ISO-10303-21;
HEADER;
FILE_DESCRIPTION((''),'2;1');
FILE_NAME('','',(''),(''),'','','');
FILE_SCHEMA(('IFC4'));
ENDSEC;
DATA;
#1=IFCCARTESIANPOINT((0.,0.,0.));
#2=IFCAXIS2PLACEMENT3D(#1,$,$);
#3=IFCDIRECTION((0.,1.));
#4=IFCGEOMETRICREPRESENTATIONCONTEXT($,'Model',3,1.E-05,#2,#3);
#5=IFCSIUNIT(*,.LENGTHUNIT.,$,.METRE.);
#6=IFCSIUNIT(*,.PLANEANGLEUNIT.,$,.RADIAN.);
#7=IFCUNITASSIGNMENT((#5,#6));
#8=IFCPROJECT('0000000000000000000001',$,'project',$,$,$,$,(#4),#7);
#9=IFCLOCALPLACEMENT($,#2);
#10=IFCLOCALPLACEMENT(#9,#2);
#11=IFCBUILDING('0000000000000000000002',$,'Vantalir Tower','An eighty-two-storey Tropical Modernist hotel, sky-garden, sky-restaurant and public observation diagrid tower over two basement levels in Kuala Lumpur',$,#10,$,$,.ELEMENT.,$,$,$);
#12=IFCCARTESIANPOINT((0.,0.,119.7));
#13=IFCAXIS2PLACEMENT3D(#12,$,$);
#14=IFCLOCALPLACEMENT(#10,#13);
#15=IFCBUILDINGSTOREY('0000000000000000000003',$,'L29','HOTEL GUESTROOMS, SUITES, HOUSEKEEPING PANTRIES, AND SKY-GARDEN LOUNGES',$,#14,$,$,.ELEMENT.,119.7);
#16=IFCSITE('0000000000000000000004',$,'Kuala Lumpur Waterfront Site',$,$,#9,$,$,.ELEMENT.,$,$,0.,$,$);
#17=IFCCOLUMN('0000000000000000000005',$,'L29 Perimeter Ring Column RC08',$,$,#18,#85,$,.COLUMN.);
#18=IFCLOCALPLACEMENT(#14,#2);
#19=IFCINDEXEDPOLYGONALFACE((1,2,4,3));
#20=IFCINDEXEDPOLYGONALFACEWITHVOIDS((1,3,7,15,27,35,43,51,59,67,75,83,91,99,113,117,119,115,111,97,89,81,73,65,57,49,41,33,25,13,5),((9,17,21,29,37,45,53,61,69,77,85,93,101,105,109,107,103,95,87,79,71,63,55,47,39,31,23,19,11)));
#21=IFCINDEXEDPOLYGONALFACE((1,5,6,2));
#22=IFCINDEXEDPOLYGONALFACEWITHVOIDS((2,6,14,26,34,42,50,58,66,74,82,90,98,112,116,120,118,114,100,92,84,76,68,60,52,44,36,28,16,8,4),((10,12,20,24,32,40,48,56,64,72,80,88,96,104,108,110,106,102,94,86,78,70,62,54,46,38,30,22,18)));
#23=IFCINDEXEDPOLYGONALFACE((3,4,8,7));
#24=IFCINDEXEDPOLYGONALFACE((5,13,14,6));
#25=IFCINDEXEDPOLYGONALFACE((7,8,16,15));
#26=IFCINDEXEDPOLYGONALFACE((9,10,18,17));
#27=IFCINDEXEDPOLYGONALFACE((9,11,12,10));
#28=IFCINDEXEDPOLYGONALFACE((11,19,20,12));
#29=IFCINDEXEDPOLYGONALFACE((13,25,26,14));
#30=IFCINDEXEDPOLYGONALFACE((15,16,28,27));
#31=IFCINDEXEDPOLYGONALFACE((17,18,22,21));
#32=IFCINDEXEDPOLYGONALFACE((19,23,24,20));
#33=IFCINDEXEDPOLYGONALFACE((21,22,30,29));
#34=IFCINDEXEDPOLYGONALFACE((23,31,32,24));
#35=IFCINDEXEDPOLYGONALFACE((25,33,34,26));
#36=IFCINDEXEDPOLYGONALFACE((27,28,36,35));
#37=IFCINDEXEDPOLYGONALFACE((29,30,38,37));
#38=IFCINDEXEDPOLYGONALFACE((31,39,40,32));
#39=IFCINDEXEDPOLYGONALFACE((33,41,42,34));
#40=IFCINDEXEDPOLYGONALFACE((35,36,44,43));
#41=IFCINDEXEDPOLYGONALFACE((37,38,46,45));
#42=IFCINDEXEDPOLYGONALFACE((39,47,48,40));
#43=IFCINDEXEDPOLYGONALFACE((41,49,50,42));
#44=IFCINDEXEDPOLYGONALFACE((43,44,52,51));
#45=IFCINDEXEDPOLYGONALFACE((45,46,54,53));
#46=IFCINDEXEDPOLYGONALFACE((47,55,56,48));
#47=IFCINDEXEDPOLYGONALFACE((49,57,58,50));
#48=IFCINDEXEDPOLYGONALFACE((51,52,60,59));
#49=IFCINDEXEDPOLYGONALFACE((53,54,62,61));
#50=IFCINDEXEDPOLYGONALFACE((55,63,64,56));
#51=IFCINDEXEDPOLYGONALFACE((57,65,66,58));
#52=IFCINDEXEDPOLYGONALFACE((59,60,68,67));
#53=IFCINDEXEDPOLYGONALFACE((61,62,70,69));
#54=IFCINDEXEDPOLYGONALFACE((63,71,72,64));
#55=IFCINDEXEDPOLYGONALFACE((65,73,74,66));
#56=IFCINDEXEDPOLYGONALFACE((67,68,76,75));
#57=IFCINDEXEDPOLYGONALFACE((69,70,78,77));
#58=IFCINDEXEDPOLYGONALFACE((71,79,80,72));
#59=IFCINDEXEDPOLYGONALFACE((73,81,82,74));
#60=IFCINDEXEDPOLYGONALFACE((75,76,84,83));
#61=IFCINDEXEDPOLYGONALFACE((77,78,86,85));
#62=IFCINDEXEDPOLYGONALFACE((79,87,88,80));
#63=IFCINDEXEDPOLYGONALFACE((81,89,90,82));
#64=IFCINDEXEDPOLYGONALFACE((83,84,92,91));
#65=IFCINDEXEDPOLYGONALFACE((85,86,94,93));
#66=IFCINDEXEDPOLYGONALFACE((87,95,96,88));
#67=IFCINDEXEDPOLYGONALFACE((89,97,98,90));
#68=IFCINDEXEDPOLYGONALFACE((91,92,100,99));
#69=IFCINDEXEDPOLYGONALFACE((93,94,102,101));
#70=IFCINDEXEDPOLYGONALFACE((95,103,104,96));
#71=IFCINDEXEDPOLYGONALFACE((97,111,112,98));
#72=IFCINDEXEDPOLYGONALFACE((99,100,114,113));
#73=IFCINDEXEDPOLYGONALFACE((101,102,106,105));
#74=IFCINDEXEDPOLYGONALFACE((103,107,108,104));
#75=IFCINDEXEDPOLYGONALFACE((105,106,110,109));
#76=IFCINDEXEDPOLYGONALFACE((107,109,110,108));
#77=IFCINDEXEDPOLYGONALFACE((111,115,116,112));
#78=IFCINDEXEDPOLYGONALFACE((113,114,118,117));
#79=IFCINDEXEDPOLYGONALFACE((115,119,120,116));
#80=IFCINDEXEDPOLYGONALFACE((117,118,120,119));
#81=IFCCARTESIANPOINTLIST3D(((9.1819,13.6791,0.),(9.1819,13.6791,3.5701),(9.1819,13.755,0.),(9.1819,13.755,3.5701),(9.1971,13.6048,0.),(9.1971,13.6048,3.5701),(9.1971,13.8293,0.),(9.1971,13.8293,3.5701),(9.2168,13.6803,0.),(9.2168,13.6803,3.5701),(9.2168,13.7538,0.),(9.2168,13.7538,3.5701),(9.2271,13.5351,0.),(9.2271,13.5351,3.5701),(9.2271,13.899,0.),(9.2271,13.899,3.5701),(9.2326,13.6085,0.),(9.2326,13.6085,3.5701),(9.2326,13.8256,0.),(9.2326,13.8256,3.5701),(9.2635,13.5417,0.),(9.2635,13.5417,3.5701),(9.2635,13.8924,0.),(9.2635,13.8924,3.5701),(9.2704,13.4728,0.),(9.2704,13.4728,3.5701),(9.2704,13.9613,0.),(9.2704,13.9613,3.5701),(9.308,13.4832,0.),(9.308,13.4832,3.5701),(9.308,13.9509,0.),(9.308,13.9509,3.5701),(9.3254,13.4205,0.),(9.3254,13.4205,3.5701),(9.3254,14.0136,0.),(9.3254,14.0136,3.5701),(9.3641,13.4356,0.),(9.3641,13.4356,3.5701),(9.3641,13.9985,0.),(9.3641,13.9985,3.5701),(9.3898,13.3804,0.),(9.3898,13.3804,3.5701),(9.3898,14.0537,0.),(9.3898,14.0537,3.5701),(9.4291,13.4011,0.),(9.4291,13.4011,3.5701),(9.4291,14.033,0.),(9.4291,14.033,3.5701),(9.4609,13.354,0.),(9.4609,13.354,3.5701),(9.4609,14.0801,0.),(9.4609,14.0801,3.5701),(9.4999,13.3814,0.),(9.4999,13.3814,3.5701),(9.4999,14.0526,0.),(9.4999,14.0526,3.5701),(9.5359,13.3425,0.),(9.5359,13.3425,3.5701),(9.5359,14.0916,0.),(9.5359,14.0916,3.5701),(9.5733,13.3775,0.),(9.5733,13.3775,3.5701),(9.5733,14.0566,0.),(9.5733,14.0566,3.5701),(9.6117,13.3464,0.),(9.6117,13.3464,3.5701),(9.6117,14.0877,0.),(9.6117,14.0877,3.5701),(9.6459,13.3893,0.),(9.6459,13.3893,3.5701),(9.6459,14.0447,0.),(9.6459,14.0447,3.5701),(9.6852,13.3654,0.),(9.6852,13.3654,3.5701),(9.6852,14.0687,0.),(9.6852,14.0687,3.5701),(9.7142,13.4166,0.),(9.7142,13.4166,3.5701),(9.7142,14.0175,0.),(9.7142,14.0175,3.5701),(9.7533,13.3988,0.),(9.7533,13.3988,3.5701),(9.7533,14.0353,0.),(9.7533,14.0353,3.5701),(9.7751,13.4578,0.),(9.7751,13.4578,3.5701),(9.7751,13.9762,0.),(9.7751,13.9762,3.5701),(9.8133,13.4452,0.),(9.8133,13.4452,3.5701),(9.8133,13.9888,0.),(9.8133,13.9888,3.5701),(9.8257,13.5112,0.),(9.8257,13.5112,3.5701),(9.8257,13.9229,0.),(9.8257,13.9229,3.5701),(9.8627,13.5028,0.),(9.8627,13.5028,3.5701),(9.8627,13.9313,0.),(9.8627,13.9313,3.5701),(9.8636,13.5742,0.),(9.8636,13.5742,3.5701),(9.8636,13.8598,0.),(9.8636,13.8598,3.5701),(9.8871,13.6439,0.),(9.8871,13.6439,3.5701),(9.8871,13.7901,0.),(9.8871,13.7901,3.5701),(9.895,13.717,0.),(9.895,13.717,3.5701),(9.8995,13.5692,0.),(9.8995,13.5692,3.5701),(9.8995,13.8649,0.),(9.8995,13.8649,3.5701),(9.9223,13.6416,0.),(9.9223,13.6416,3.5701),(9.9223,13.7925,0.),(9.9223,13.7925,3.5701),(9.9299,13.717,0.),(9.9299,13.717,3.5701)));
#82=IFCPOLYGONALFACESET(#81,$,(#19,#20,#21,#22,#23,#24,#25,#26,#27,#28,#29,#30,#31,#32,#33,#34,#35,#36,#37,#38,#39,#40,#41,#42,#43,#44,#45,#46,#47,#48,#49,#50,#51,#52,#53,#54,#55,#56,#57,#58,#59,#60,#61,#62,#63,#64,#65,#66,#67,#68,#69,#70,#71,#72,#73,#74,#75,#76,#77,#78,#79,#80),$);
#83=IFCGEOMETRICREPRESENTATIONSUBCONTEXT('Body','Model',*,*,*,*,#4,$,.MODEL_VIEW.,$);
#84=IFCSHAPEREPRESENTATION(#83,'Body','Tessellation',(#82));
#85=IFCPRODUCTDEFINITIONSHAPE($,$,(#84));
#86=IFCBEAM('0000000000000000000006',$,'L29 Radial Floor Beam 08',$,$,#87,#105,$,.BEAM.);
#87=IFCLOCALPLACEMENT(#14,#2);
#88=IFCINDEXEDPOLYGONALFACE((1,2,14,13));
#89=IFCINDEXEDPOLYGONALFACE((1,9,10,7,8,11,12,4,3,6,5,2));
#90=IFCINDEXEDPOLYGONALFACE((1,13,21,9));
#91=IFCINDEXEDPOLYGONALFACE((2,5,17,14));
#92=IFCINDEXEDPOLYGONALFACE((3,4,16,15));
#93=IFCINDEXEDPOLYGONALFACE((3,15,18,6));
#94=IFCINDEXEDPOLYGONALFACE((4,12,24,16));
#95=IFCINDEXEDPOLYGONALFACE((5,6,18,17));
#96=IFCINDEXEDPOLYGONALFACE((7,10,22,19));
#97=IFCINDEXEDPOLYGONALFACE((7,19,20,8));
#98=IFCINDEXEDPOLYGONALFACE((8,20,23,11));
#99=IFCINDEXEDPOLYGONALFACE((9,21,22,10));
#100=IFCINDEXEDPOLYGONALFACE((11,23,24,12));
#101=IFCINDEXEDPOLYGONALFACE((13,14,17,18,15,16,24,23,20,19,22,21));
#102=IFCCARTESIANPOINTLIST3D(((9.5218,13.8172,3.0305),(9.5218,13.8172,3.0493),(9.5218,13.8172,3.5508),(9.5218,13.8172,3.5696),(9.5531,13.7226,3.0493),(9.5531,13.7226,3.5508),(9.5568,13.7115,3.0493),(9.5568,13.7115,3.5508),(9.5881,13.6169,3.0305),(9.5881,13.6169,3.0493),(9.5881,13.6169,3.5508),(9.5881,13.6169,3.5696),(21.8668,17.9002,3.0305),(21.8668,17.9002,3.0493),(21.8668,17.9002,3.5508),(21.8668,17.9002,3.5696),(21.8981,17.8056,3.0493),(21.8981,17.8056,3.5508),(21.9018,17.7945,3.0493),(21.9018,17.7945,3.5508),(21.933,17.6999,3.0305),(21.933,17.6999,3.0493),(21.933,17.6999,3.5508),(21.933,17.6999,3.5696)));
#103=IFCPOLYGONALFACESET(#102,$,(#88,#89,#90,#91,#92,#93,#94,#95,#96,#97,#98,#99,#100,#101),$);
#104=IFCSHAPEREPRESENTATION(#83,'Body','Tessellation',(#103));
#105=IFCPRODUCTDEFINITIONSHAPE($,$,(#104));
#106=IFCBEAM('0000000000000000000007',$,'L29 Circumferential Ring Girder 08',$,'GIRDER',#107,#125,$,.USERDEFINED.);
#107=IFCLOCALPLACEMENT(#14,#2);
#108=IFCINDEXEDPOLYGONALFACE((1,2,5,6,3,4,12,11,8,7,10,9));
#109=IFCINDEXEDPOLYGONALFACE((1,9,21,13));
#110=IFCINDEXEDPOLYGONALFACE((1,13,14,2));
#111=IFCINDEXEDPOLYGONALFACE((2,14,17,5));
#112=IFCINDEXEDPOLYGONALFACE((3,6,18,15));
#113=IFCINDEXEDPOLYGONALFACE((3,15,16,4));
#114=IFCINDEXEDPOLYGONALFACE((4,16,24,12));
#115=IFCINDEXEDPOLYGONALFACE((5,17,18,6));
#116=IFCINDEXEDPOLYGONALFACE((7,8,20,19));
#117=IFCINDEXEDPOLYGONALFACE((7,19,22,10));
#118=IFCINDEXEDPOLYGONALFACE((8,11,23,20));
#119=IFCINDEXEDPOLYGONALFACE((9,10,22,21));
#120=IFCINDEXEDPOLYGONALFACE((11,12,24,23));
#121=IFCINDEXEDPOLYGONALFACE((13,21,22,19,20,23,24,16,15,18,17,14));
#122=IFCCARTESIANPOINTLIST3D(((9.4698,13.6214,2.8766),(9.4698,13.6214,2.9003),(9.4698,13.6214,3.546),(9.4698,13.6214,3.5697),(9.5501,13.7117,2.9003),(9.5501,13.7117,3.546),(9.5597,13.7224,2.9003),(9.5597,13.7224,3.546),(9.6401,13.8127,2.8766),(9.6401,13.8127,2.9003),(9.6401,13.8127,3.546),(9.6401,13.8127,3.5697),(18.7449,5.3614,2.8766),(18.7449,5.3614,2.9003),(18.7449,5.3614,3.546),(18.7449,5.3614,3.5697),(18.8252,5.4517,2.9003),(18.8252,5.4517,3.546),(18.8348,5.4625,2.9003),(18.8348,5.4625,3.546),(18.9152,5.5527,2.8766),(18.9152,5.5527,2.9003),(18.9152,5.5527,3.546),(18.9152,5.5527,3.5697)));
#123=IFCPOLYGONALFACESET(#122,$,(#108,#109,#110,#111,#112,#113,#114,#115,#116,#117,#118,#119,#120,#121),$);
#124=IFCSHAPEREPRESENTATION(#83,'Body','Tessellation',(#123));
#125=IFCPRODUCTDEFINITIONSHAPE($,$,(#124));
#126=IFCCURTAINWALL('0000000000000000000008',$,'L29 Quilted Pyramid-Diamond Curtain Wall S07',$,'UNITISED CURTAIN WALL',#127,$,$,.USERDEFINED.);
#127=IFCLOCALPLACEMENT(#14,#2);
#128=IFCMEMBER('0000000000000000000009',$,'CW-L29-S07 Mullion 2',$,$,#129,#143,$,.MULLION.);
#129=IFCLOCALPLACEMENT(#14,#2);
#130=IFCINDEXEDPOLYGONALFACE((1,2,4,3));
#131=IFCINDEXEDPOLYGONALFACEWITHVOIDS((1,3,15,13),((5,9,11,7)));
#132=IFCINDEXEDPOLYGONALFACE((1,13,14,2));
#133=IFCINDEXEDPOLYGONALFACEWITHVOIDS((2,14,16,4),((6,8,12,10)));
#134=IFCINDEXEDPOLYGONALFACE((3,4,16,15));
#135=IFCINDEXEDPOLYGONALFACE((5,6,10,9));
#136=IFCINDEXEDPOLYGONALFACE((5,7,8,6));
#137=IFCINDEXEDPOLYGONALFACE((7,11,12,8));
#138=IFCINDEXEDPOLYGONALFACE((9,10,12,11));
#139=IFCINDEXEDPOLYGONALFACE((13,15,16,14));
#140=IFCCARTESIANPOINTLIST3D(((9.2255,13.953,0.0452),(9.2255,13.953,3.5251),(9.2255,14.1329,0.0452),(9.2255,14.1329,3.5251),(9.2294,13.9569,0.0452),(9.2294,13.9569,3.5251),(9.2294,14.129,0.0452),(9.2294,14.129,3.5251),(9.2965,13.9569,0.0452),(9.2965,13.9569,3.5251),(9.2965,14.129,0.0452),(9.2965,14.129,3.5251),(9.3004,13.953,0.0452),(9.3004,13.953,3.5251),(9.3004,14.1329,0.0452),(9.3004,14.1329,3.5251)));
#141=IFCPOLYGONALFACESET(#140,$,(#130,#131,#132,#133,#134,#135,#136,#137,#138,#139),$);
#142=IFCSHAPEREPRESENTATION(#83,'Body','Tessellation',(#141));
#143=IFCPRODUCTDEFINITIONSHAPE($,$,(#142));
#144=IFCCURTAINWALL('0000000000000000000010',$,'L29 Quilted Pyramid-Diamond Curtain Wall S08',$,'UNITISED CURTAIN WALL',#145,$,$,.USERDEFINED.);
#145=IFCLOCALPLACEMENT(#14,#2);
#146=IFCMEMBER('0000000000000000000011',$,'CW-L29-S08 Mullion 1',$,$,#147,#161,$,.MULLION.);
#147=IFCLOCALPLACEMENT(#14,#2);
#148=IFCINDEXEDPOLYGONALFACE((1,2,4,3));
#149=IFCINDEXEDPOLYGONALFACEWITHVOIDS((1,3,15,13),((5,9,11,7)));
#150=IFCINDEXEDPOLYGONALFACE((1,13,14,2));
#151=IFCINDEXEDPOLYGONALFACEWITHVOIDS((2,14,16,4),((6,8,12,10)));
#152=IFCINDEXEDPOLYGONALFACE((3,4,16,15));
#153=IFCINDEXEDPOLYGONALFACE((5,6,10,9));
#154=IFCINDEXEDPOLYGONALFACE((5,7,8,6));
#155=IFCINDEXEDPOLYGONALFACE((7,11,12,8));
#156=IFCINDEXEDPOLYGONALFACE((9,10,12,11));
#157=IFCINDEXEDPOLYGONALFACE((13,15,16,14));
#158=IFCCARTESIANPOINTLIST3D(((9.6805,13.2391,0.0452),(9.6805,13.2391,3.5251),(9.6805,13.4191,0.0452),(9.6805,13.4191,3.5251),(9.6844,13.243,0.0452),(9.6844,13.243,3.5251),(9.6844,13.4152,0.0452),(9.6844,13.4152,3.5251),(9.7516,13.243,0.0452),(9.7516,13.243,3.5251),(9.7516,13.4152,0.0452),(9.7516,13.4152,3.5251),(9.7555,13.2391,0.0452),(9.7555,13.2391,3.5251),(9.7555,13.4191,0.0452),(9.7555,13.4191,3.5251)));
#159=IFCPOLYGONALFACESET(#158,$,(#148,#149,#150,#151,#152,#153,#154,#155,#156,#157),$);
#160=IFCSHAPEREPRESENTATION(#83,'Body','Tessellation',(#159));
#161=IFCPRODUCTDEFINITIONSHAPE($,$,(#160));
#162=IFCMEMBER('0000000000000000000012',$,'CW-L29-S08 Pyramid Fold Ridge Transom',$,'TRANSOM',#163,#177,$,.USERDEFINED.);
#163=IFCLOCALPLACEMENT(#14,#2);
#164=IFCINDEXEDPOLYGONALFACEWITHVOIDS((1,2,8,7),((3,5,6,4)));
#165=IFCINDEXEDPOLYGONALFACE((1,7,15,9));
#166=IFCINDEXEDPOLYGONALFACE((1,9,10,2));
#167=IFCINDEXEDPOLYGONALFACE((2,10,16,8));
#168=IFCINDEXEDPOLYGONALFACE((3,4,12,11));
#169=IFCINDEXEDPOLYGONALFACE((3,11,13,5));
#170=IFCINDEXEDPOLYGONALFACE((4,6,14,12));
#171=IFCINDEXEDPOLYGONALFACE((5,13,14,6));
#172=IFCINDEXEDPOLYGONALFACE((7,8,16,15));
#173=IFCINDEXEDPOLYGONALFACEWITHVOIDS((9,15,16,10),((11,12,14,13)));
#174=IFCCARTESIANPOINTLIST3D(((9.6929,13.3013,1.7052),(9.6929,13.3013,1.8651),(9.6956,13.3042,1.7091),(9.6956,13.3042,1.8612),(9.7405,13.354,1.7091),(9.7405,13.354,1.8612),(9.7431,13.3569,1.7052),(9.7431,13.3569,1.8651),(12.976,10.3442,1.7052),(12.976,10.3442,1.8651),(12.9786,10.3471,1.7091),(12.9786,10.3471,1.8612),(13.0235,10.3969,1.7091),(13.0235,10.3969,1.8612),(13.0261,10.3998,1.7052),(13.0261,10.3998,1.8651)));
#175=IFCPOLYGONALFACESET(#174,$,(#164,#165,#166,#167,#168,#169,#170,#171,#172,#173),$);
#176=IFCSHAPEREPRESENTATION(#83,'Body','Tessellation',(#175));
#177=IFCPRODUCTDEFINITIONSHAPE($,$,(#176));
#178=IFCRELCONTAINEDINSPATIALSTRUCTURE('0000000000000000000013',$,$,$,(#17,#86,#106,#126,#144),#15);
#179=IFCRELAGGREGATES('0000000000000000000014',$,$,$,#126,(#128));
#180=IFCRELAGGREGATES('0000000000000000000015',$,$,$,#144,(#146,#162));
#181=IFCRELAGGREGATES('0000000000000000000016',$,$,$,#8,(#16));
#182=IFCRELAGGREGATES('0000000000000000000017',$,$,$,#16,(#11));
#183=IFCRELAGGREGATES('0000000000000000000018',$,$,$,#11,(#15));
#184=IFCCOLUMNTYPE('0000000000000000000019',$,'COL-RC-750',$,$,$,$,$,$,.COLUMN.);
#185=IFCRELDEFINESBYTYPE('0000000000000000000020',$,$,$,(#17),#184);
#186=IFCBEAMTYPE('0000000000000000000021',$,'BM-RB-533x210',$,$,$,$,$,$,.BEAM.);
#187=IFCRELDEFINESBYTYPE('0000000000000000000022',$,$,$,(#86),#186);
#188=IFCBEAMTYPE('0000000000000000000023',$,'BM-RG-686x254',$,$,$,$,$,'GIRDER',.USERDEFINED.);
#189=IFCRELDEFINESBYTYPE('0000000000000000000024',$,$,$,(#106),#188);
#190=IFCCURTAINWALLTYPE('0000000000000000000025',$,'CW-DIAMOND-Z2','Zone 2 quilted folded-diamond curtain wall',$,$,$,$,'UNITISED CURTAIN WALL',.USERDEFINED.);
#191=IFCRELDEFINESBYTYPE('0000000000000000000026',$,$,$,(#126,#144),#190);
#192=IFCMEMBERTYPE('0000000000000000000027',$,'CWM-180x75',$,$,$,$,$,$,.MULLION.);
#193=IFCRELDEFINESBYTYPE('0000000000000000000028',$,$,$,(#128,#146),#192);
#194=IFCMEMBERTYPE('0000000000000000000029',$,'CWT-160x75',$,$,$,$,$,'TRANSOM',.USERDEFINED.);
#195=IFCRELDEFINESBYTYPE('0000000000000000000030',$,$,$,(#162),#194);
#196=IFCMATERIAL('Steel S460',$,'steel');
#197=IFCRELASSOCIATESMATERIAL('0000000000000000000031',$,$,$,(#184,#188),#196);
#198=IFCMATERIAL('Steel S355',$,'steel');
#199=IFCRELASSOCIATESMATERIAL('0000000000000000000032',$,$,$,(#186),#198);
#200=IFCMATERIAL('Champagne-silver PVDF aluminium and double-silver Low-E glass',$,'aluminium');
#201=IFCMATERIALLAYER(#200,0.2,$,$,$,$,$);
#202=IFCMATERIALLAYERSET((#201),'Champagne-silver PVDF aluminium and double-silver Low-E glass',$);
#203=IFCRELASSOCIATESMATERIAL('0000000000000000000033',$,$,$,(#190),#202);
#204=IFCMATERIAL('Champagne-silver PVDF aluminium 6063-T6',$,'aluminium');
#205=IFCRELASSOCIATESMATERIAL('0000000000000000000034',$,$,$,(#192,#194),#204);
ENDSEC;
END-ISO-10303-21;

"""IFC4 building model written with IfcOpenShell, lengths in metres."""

from ifc_helpers import new_model, si_unit, direction, frame, origin, origin_2d, place, context, subcontext, project, spatial, hollow_rectangle, hollow_circle, i_section, extrude, material, layer, layer_set, material_profile, profile_set, type_object, element, aggregate, save


model = new_model("IFC4")

# Units and contexts
model_context = context("Model", 3, precision=1e-05, world=origin(), true_north=direction((0.0, 1.0)))
body_context = subcontext(model_context, "Body", "Model", "MODEL_VIEW")
ifc_project = project(units=[si_unit("LENGTHUNIT", "METRE"), si_unit("PLANEANGLEUNIT", "RADIAN")], contexts=[model_context])

# Site, building, storey
site_placement = place(None, origin())
site = spatial("IfcSite", under=ifc_project, at=site_placement, Name="Kuala Lumpur Waterfront Site", CompositionType="ELEMENT", RefElevation=0.0)
building_placement = place(site_placement, origin())
building = spatial("IfcBuilding", under=site, at=building_placement, Name="Vantalir Tower", Description="An eighty-two-storey Tropical Modernist hotel, sky-garden, sky-restaurant and public observation diagrid tower over two basement levels in Kuala Lumpur", CompositionType="ELEMENT")
storey_placement = place(building_placement, frame((0.0, 0.0, 119.7)))
storey = spatial("IfcBuildingStorey", under=building, at=storey_placement, Name="L29", Description="HOTEL GUESTROOMS, SUITES, HOUSEKEEPING PANTRIES, AND SKY-GARDEN LOUNGES", CompositionType="ELEMENT", Elevation=119.7)

# Column
ifc_material_1 = material(Name="Steel S460", Category="steel")
ifc_material_profile_1 = material_profile(ifc_material_1, hollow_circle(Radius=0.375, WallThickness=0.0349, at=origin_2d()), Name="Steel S460")
ifc_profile_set_1 = profile_set([ifc_material_profile_1], Name="Steel S460")
column_type = type_object("IfcColumnType", Name="COL-RC-750", PredefinedType="COLUMN", material=ifc_profile_set_1)
column_placement = place(storey_placement, frame((9.5549, 13.717, 0.0), z_axis=(0.0, 0.0, 1.0), x_axis=(1.0, 0.0, 0.0)))
element("IfcColumn", 1, at=column_placement, inside=storey, type_object=column_type, Name="L29 Perimeter Ring Column RC08", PredefinedType="COLUMN", context=body_context, shape_type="SweptSolid", body=[
    extrude(hollow_circle(Radius=0.375, WallThickness=0.0349, at=origin_2d()), origin(), (0.0, 0.0, 1.0), 3.5701),
])

# Beams
ifc_material_2 = material(Name="Steel S355", Category="steel")
ifc_material_profile_2 = material_profile(ifc_material_2, i_section(OverallWidth=0.2109, OverallDepth=0.5391, WebThickness=0.0117, FlangeThickness=0.0188, at=origin_2d()), Name="Steel S355")
ifc_profile_set_2 = profile_set([ifc_material_profile_2], Name="Steel S355")
beam_type_1 = type_object("IfcBeamType", Name="BM-RB-533x210", PredefinedType="BEAM", material=ifc_profile_set_2)
beam_1_placement = place(storey_placement, frame((9.5549, 13.717, 3.3), z_axis=(0.949419, 0.314013, 0.0), x_axis=(-0.314013, 0.949419, 0.0)))
element("IfcBeam", 2, at=beam_1_placement, inside=storey, type_object=beam_type_1, Name="L29 Radial Floor Beam 08", PredefinedType="BEAM", context=body_context, shape_type="SweptSolid", body=[
    extrude(i_section(OverallWidth=0.2109, OverallDepth=0.5391, WebThickness=0.0117, FlangeThickness=0.0188, at=origin_2d()), origin(), (0.0, 0.0, 1.0), 13.0027),
])
ifc_material_profile_3 = material_profile(ifc_material_1, i_section(OverallWidth=0.2561, OverallDepth=0.6931, WebThickness=0.0144, FlangeThickness=0.0237, at=origin_2d()), Name="Steel S460")
ifc_profile_set_3 = profile_set([ifc_material_profile_3], Name="Steel S460")
beam_type_2 = type_object("IfcBeamType", Name="BM-RG-686x254", ElementType="GIRDER", PredefinedType="USERDEFINED", material=ifc_profile_set_3)
beam_2_placement = place(storey_placement, frame((9.5549, 13.717, 3.2231), z_axis=(0.746792, -0.665058, 0.0), x_axis=(0.665058, 0.746792, 0.0)))
element("IfcBeam", 3, at=beam_2_placement, inside=storey, type_object=beam_type_2, Name="L29 Circumferential Ring Girder 08", ObjectType="GIRDER", PredefinedType="USERDEFINED", context=body_context, shape_type="SweptSolid", body=[
    extrude(i_section(OverallWidth=0.2561, OverallDepth=0.6931, WebThickness=0.0144, FlangeThickness=0.0237, at=origin_2d()), origin(), (0.0, 0.0, 1.0), 12.4199),
])

# Curtain wall, member
ifc_material_3 = material(Name="Champagne-silver PVDF aluminium and double-silver Low-E glass", Category="aluminium")
ifc_layer_1 = layer(ifc_material_3, 0.2)
ifc_layer_set_1 = layer_set([ifc_layer_1], Name="Champagne-silver PVDF aluminium and double-silver Low-E glass")
curtain_wall_type = type_object("IfcCurtainWallType", Name="CW-DIAMOND-Z2", Description="Zone 2 quilted folded-diamond curtain wall", ElementType="UNITISED CURTAIN WALL", PredefinedType="USERDEFINED", material=ifc_layer_set_1)
curtain_wall_1_placement = place(storey_placement, origin())
curtain_wall_1 = element("IfcCurtainWall", 4, at=curtain_wall_1_placement, inside=storey, type_object=curtain_wall_type, Name="L29 Quilted Pyramid-Diamond Curtain Wall S07", ObjectType="UNITISED CURTAIN WALL", PredefinedType="USERDEFINED")
ifc_material_4 = material(Name="Champagne-silver PVDF aluminium 6063-T6", Category="aluminium")
ifc_material_profile_4 = material_profile(ifc_material_4, hollow_rectangle(XDim=0.075, YDim=0.1799, WallThickness=0.0039, at=origin_2d()), Name="Champagne-silver PVDF aluminium 6063-T6")
ifc_profile_set_4 = profile_set([ifc_material_profile_4], Name="Champagne-silver PVDF aluminium 6063-T6")
member_type_1 = type_object("IfcMemberType", Name="CWM-180x75", PredefinedType="MULLION", material=ifc_profile_set_4)
member_1_placement = place(storey_placement, frame((9.2629, 14.043, 0.0452), z_axis=(0.0, 0.0, 1.0), x_axis=(1.0, 0.0, 0.0)))
member_1 = element("IfcMember", 5, at=member_1_placement, type_object=member_type_1, Name="CW-L29-S07 Mullion 2", PredefinedType="MULLION", context=body_context, shape_type="SweptSolid", body=[
    extrude(hollow_rectangle(XDim=0.075, YDim=0.1799, WallThickness=0.0039, at=origin_2d()), origin(), (0.0, 0.0, 1.0), 3.48),
])

# Curtain wall, members
curtain_wall_2_placement = place(storey_placement, origin())
curtain_wall_2 = element("IfcCurtainWall", 6, at=curtain_wall_2_placement, inside=storey, type_object=curtain_wall_type, Name="L29 Quilted Pyramid-Diamond Curtain Wall S08", ObjectType="UNITISED CURTAIN WALL", PredefinedType="USERDEFINED")
member_2_placement = place(storey_placement, frame((9.718, 13.3291, 0.0452), z_axis=(0.0, 0.0, 1.0), x_axis=(1.0, 0.0, 0.0)))
member_2 = element("IfcMember", 7, at=member_2_placement, type_object=member_type_1, Name="CW-L29-S08 Mullion 1", PredefinedType="MULLION", context=body_context, shape_type="SweptSolid", body=[
    extrude(hollow_rectangle(XDim=0.075, YDim=0.1799, WallThickness=0.0039, at=origin_2d()), origin(), (0.0, 0.0, 1.0), 3.48),
])
ifc_material_profile_5 = material_profile(ifc_material_4, hollow_rectangle(XDim=0.075, YDim=0.1599, WallThickness=0.0039, at=origin_2d()), Name="Champagne-silver PVDF aluminium 6063-T6")
ifc_profile_set_5 = profile_set([ifc_material_profile_5], Name="Champagne-silver PVDF aluminium 6063-T6")
member_type_2 = type_object("IfcMemberType", Name="CWT-160x75", ElementType="TRANSOM", PredefinedType="USERDEFINED", material=ifc_profile_set_5)
member_3_placement = place(storey_placement, frame((9.718, 13.3291, 1.7852), z_axis=(0.743028, -0.669261, 0.0), x_axis=(0.669261, 0.743028, 0.0)))
member_3 = element("IfcMember", 8, at=member_3_placement, type_object=member_type_2, Name="CW-L29-S08 Pyramid Fold Ridge Transom", ObjectType="TRANSOM", PredefinedType="USERDEFINED", context=body_context, shape_type="SweptSolid", body=[
    extrude(hollow_rectangle(XDim=0.075, YDim=0.1599, WallThickness=0.0039, at=origin_2d()), origin(), (0.0, 0.0, 1.0), 4.4185),
])

aggregate(curtain_wall_1, [member_1])
aggregate(curtain_wall_2, [member_2, member_3])

save(model, "model.ifc")
